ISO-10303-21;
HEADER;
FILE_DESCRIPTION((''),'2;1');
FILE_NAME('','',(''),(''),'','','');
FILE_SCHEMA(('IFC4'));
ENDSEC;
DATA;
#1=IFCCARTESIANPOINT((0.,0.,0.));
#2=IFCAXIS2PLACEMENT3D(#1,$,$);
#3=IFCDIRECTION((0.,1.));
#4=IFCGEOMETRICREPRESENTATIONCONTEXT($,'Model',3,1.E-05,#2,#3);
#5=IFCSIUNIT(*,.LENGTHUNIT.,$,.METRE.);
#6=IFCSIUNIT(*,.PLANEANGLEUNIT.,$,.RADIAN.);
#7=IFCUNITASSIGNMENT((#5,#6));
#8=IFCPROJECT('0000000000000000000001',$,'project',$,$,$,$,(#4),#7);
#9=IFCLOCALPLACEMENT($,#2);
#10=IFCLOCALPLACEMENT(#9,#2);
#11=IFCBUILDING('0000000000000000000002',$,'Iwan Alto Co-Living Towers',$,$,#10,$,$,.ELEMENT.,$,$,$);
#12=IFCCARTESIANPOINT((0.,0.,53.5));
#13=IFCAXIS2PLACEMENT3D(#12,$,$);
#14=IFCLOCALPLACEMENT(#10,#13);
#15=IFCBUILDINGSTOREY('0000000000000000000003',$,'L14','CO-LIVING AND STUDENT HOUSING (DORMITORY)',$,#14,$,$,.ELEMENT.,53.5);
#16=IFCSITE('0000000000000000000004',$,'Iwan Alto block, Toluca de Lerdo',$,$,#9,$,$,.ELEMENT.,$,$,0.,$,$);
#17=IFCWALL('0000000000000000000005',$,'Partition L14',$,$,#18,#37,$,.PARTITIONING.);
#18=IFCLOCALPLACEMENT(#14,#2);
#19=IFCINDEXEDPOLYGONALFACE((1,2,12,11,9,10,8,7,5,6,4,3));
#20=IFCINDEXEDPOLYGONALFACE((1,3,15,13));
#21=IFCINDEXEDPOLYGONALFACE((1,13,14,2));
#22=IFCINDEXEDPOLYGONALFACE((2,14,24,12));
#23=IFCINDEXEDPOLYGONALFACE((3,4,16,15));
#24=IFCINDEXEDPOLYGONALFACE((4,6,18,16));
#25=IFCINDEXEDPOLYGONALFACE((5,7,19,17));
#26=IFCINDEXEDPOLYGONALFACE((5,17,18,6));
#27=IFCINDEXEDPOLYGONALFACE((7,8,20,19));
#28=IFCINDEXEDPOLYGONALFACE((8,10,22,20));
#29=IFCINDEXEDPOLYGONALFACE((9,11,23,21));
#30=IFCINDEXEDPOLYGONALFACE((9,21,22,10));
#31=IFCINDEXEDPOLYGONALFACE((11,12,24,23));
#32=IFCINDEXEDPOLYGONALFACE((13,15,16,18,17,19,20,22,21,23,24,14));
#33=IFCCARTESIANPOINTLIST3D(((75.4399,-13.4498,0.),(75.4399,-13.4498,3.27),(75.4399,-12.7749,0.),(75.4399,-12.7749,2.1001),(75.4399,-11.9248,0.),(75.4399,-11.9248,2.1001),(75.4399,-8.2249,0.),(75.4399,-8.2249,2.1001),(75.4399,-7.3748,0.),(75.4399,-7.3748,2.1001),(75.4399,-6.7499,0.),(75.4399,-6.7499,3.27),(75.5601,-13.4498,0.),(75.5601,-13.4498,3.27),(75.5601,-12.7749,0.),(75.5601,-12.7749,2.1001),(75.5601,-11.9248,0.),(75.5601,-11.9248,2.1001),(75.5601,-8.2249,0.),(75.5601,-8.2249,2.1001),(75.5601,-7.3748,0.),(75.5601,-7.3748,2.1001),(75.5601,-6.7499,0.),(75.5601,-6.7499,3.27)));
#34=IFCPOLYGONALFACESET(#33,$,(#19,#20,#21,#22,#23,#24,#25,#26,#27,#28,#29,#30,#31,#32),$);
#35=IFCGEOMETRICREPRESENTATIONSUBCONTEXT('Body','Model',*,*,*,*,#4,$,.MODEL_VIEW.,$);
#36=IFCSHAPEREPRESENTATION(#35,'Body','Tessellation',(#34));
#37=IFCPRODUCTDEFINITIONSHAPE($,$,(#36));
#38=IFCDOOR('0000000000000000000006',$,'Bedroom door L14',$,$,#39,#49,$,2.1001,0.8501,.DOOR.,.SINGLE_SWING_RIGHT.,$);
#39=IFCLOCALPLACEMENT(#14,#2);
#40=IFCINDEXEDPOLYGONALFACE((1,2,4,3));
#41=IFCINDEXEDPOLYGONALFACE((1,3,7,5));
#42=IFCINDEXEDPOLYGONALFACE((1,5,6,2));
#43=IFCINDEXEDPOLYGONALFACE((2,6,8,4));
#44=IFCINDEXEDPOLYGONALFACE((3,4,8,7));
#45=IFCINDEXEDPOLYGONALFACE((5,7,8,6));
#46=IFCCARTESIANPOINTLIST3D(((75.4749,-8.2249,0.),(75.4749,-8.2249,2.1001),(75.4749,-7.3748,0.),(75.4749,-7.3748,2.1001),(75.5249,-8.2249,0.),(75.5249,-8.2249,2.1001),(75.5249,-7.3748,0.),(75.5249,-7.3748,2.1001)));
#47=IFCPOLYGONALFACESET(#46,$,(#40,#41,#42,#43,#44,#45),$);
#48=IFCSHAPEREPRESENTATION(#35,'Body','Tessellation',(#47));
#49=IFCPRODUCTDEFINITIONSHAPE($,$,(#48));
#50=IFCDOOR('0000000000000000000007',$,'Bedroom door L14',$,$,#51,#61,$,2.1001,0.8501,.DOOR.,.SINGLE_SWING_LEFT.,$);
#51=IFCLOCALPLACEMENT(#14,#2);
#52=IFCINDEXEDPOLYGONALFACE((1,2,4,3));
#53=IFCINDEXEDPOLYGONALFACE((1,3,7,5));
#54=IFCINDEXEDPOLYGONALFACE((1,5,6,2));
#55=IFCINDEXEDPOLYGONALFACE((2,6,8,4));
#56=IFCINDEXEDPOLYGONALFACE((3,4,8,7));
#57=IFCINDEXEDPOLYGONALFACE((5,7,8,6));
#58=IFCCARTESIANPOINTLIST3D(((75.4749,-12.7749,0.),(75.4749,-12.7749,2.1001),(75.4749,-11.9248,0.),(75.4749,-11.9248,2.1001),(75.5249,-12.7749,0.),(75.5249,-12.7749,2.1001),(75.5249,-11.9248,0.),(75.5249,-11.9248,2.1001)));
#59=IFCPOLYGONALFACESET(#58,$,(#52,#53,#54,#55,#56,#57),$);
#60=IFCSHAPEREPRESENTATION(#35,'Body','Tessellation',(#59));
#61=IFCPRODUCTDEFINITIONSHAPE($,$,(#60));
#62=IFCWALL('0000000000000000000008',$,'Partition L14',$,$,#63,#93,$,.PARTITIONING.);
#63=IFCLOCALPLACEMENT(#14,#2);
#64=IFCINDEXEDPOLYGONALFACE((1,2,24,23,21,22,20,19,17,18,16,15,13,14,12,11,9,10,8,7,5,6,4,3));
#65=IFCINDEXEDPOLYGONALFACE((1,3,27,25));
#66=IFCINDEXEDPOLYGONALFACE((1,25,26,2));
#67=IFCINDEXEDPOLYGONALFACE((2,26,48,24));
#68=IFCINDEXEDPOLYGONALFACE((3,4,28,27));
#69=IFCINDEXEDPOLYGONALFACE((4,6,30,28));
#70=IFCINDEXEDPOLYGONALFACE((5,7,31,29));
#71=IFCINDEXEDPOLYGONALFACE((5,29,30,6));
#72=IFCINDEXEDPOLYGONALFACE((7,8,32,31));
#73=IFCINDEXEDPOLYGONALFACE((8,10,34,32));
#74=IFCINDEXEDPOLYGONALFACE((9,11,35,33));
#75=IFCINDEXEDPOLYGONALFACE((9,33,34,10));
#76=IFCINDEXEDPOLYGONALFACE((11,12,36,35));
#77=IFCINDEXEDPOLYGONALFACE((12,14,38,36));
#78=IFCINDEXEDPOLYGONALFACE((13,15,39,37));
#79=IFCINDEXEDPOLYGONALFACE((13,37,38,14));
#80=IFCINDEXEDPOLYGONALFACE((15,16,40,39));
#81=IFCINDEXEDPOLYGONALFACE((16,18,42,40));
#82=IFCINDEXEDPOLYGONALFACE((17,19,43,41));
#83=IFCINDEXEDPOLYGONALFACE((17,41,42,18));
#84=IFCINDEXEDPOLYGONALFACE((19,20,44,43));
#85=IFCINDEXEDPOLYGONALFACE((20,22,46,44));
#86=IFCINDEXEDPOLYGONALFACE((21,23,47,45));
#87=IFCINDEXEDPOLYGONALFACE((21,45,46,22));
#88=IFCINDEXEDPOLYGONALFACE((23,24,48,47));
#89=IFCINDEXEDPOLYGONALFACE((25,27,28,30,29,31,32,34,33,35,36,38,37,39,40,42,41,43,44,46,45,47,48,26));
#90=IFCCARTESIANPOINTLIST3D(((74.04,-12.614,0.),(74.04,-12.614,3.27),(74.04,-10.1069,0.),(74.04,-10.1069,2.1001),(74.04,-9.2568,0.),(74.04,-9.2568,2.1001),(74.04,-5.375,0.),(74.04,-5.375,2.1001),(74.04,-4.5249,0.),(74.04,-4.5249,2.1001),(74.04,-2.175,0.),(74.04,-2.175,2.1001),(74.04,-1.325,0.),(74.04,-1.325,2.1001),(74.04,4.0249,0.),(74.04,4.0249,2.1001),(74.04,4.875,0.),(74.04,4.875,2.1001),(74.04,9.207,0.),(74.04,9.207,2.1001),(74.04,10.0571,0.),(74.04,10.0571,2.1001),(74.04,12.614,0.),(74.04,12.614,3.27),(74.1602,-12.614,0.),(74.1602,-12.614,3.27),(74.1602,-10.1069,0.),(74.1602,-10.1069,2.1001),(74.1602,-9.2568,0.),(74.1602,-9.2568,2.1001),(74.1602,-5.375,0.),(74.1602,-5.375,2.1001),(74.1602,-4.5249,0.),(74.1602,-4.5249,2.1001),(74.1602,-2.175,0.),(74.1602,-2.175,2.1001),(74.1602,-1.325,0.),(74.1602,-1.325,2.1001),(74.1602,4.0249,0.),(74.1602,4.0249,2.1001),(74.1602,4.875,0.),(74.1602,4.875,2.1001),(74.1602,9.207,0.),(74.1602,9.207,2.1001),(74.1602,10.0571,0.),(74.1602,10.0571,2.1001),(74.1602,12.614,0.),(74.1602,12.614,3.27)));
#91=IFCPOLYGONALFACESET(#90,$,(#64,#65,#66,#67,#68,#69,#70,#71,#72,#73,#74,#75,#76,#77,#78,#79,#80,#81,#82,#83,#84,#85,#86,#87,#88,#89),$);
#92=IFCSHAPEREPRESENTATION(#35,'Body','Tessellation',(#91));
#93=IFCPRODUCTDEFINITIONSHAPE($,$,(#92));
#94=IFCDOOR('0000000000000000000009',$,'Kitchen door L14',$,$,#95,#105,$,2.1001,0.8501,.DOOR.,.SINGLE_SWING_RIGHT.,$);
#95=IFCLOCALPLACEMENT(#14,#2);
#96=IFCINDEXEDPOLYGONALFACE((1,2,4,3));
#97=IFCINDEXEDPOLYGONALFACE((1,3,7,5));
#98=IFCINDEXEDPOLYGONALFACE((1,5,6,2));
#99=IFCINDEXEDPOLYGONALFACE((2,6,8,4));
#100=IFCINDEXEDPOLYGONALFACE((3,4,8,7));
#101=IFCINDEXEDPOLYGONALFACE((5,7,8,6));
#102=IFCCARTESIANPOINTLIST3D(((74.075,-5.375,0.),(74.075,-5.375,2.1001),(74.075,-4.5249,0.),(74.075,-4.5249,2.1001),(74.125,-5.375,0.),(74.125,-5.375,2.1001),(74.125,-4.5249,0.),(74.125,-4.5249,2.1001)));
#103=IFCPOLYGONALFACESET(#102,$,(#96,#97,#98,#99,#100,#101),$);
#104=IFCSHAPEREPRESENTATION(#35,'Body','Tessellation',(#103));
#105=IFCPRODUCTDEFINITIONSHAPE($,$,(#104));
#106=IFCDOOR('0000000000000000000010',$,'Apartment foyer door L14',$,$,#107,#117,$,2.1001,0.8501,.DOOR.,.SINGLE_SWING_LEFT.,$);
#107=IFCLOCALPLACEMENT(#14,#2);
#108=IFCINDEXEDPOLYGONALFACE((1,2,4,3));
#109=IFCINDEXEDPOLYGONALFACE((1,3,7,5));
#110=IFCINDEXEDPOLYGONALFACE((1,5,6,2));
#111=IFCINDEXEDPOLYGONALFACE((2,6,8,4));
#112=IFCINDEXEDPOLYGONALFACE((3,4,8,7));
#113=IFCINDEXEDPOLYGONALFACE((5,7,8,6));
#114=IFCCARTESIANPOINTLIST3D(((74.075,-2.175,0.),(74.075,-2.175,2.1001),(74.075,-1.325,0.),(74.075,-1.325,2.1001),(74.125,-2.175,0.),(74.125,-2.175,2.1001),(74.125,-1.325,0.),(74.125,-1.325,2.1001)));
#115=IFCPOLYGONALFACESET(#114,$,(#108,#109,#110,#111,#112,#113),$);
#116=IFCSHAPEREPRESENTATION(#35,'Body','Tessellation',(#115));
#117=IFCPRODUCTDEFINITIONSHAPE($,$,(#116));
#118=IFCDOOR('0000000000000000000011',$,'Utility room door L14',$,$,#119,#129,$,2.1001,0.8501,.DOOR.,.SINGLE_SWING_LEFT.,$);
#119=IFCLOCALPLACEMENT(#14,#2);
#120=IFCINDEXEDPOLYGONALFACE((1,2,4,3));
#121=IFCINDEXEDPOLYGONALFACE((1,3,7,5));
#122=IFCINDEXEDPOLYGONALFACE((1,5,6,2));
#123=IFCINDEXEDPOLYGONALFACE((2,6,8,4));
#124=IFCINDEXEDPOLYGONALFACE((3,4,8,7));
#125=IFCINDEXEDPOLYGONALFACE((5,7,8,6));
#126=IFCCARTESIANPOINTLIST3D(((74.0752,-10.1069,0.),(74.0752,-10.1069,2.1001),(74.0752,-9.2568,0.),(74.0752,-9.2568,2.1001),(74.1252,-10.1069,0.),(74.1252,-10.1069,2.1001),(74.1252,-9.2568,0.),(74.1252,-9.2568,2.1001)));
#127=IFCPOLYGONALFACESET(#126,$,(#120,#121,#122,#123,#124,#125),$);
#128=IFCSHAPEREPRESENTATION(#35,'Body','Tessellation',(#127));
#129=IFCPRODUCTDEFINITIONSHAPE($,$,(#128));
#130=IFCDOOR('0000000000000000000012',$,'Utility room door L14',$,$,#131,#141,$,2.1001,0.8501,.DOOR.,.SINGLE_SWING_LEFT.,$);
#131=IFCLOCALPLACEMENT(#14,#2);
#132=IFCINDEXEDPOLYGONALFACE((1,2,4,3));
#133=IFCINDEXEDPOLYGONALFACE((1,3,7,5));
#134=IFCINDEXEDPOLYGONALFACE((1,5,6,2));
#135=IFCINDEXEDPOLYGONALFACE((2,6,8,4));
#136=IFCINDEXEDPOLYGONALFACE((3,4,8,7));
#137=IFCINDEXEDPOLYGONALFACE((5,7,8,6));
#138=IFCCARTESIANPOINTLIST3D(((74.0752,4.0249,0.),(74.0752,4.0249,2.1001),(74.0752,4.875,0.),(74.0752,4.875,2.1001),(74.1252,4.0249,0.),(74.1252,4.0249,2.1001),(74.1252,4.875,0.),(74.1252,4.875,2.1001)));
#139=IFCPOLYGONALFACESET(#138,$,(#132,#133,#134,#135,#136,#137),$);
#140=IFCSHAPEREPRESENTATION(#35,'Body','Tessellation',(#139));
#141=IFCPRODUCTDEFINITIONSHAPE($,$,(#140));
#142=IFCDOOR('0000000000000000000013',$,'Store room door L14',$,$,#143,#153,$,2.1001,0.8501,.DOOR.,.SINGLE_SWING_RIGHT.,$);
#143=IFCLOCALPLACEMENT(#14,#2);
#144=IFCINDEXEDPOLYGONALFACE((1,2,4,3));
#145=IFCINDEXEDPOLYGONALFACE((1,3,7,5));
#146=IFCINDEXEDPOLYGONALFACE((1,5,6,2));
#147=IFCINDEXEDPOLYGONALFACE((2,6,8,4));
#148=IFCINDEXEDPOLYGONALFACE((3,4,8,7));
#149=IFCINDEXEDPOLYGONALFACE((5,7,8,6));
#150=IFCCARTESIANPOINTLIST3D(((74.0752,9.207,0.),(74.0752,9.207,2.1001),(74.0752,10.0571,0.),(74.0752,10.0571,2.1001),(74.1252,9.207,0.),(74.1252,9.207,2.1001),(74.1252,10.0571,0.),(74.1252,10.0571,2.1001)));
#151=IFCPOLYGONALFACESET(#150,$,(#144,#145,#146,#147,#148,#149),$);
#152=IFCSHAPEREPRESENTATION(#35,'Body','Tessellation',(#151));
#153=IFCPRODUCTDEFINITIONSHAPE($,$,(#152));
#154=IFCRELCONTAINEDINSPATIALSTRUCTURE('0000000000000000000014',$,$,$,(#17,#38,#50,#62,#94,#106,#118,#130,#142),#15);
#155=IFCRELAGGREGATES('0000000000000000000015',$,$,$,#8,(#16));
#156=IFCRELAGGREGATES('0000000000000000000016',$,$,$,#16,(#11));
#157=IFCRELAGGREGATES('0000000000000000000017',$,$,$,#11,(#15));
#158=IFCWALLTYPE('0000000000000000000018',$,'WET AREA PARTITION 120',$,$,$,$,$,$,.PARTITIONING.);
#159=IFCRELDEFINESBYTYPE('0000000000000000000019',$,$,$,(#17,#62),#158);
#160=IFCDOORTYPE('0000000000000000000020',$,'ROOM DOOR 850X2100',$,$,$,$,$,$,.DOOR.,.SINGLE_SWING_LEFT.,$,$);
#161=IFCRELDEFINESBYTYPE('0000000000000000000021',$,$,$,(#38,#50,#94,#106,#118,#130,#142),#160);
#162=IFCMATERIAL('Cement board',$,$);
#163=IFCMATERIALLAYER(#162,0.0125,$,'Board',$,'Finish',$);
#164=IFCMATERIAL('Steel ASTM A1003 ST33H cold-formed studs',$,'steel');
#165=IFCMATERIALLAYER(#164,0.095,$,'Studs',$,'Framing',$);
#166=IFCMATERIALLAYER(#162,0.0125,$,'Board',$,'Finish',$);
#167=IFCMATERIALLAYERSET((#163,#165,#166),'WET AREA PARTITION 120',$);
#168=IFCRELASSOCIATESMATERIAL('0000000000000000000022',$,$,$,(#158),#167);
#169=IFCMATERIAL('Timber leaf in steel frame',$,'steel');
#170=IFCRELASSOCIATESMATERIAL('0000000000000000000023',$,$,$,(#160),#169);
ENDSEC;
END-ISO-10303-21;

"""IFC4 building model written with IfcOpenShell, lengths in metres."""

from ifc_helpers import new_model, si_unit, direction, frame, frame_2d, origin, place, context, subcontext, project, spatial, rectangle, extrude, material, layer, layer_set, type_object, element, fill, save


model = new_model("IFC4")

# Units and contexts
model_context = context("Model", 3, precision=1e-05, world=origin(), true_north=direction((0.0, 1.0)))
body_context = subcontext(model_context, "Body", "Model", "MODEL_VIEW")
ifc_project = project(units=[si_unit("LENGTHUNIT", "METRE"), si_unit("PLANEANGLEUNIT", "RADIAN")], contexts=[model_context])

# Site, building, storey
site_placement = place(None, origin())
site = spatial("IfcSite", under=ifc_project, at=site_placement, Name="Iwan Alto block, Toluca de Lerdo", CompositionType="ELEMENT", RefElevation=0.0)
building_placement = place(site_placement, origin())
building = spatial("IfcBuilding", under=site, at=building_placement, Name="Iwan Alto Co-Living Towers", CompositionType="ELEMENT")
storey_placement = place(building_placement, frame((0.0, 0.0, 53.5)))
storey = spatial("IfcBuildingStorey", under=building, at=storey_placement, Name="L14", Description="CO-LIVING AND STUDENT HOUSING (DORMITORY)", CompositionType="ELEMENT", Elevation=53.5)

# Shared definitions
ifc_material_1 = material(Name="Steel ASTM A1003 ST33H cold-formed studs", Category="steel")
ifc_material_2 = material(Name="Cement board")
ifc_layer_1 = layer(ifc_material_2, 0.0125, Name="Board", Category="Finish")
ifc_layer_2 = layer(ifc_material_1, 0.095, Name="Studs", Category="Framing")
ifc_layer_3 = layer(ifc_material_2, 0.0125, Name="Board", Category="Finish")
ifc_layer_set_1 = layer_set([ifc_layer_1, ifc_layer_2, ifc_layer_3], Name="WET AREA PARTITION 120")
wall_type_1 = type_object("IfcWallType", Name="WET AREA PARTITION 120", PredefinedType="PARTITIONING", material=ifc_layer_set_1)

# Shared definitions
ifc_material_3 = material(Name="Timber leaf in steel frame", Category="steel")
door_type = type_object("IfcDoorType", Name="ROOM DOOR 850X2100", OperationType="SINGLE_SWING_LEFT", PredefinedType="DOOR", material=ifc_material_3)

# Walls, openings, doors
wall_1_placement = place(storey_placement, frame((75.5, -13.45, 0.0), z_axis=(0.0, 0.0, 1.0), x_axis=(0.0, 1.0, 0.0)))
wall_1 = element("IfcWall", 1, at=wall_1_placement, inside=storey, type_object=wall_type_1, Name="Partition L14", PredefinedType="PARTITIONING", context=body_context, shape_type="SweptSolid", body=[
    extrude(rectangle(XDim=6.7, YDim=0.1201, at=frame_2d((3.3501, 0.0))), origin(), (0.0, 0.0, 1.0), 3.27),
])
opening_1_placement = place(wall_1_placement, frame((5.2251, 0.0, 0.0)))
opening_1 = element("IfcOpeningElement", 2, at=opening_1_placement, cuts=wall_1, PredefinedType="OPENING", context=body_context, shape_type="SweptSolid", body=[
    extrude(rectangle(XDim=0.8501, YDim=2.1001, at=frame_2d((0.425, 1.05))), frame((0.0, 0.0701, 0.0), z_axis=(0.0, -1.0, 0.0), x_axis=(1.0, 0.0, 0.0)), (0.0, 0.0, 1.0), 0.1401),
])
opening_2_placement = place(wall_1_placement, frame((0.675, 0.0, 0.0)))
opening_2 = element("IfcOpeningElement", 3, at=opening_2_placement, cuts=wall_1, PredefinedType="OPENING", context=body_context, shape_type="SweptSolid", body=[
    extrude(rectangle(XDim=0.8501, YDim=2.1001, at=frame_2d((0.425, 1.05))), frame((0.0, 0.0701, 0.0), z_axis=(0.0, -1.0, 0.0), x_axis=(1.0, 0.0, 0.0)), (0.0, 0.0, 1.0), 0.1401),
])
door_1_placement = place(opening_1_placement, frame((0.8501, 0.0, 0.0), z_axis=(0.0, 0.0, 1.0), x_axis=(-1.0, 0.0, 0.0)))
door_1 = element("IfcDoor", 4, at=door_1_placement, inside=storey, type_object=door_type, Name="Bedroom door L14", OperationType="SINGLE_SWING_RIGHT", OverallHeight=2.1001, OverallWidth=0.8501, PredefinedType="DOOR", context=body_context, shape_type="SweptSolid", body=[
    extrude(rectangle(XDim=0.8501, YDim=2.1001, at=frame_2d((0.425, 1.05))), frame((0.0, 0.0249, 0.0), z_axis=(0.0, -1.0, 0.0), x_axis=(1.0, 0.0, 0.0)), (0.0, 0.0, 1.0), 0.05),
])
fill(opening_1, door_1)
door_2_placement = place(opening_2_placement, frame((0.8501, 0.0, 0.0), z_axis=(0.0, 0.0, 1.0), x_axis=(-1.0, 0.0, 0.0)))
door_2 = element("IfcDoor", 5, at=door_2_placement, inside=storey, type_object=door_type, Name="Bedroom door L14", OperationType="SINGLE_SWING_LEFT", OverallHeight=2.1001, OverallWidth=0.8501, PredefinedType="DOOR", context=body_context, shape_type="SweptSolid", body=[
    extrude(rectangle(XDim=0.8501, YDim=2.1001, at=frame_2d((0.425, 1.05))), frame((0.0, 0.0249, 0.0), z_axis=(0.0, -1.0, 0.0), x_axis=(1.0, 0.0, 0.0)), (0.0, 0.0, 1.0), 0.05),
])
fill(opening_2, door_2)
wall_2_placement = place(storey_placement, frame((74.1001, -12.614, 0.0), z_axis=(0.0, 0.0, 1.0), x_axis=(0.0, 1.0, 0.0)))
wall_2 = element("IfcWall", 6, at=wall_2_placement, inside=storey, type_object=wall_type_1, Name="Partition L14", PredefinedType="PARTITIONING", context=body_context, shape_type="SweptSolid", body=[
    extrude(rectangle(XDim=25.228, YDim=0.1201, at=frame_2d((12.614, 0.0))), origin(), (0.0, 0.0, 1.0), 3.27),
])
opening_3_placement = place(wall_2_placement, frame((7.239, 0.0, 0.0)))
opening_3 = element("IfcOpeningElement", 7, at=opening_3_placement, cuts=wall_2, PredefinedType="OPENING", context=body_context, shape_type="SweptSolid", body=[
    extrude(rectangle(XDim=0.8501, YDim=2.1001, at=frame_2d((0.425, 1.05))), frame((0.0, 0.0701, 0.0), z_axis=(0.0, -1.0, 0.0), x_axis=(1.0, 0.0, 0.0)), (0.0, 0.0, 1.0), 0.1401),
])
opening_4_placement = place(wall_2_placement, frame((10.439, 0.0, 0.0)))
opening_4 = element("IfcOpeningElement", 8, at=opening_4_placement, cuts=wall_2, PredefinedType="OPENING", context=body_context, shape_type="SweptSolid", body=[
    extrude(rectangle(XDim=0.8501, YDim=2.1001, at=frame_2d((0.425, 1.05))), frame((0.0, 0.0701, 0.0), z_axis=(0.0, -1.0, 0.0), x_axis=(1.0, 0.0, 0.0)), (0.0, 0.0, 1.0), 0.1401),
])
opening_5_placement = place(wall_2_placement, frame((2.5071, 0.0, 0.0)))
opening_5 = element("IfcOpeningElement", 9, at=opening_5_placement, cuts=wall_2, PredefinedType="OPENING", context=body_context, shape_type="SweptSolid", body=[
    extrude(rectangle(XDim=0.8501, YDim=2.1001, at=frame_2d((0.425, 1.05))), frame((0.0, 0.0701, 0.0), z_axis=(0.0, -1.0, 0.0), x_axis=(1.0, 0.0, 0.0)), (0.0, 0.0, 1.0), 0.1401),
])
opening_6_placement = place(wall_2_placement, frame((16.6389, 0.0, 0.0)))
opening_6 = element("IfcOpeningElement", 10, at=opening_6_placement, cuts=wall_2, PredefinedType="OPENING", context=body_context, shape_type="SweptSolid", body=[
    extrude(rectangle(XDim=0.8501, YDim=2.1001, at=frame_2d((0.425, 1.05))), frame((0.0, 0.0701, 0.0), z_axis=(0.0, -1.0, 0.0), x_axis=(1.0, 0.0, 0.0)), (0.0, 0.0, 1.0), 0.1401),
])
opening_7_placement = place(wall_2_placement, frame((21.821, 0.0, 0.0)))
opening_7 = element("IfcOpeningElement", 11, at=opening_7_placement, cuts=wall_2, PredefinedType="OPENING", context=body_context, shape_type="SweptSolid", body=[
    extrude(rectangle(XDim=0.8501, YDim=2.1001, at=frame_2d((0.425, 1.05))), frame((0.0, 0.0701, 0.0), z_axis=(0.0, -1.0, 0.0), x_axis=(1.0, 0.0, 0.0)), (0.0, 0.0, 1.0), 0.1401),
])
door_3_placement = place(opening_3_placement, frame((0.8501, 0.0, 0.0), z_axis=(0.0, 0.0, 1.0), x_axis=(-1.0, 0.0, 0.0)))
door_3 = element("IfcDoor", 12, at=door_3_placement, inside=storey, type_object=door_type, Name="Kitchen door L14", OperationType="SINGLE_SWING_RIGHT", OverallHeight=2.1001, OverallWidth=0.8501, PredefinedType="DOOR", context=body_context, shape_type="SweptSolid", body=[
    extrude(rectangle(XDim=0.8501, YDim=2.1001, at=frame_2d((0.425, 1.05))), frame((0.0, 0.0249, 0.0), z_axis=(0.0, -1.0, 0.0), x_axis=(1.0, 0.0, 0.0)), (0.0, 0.0, 1.0), 0.05),
])
fill(opening_3, door_3)
door_4_placement = place(opening_4_placement, frame((0.8501, 0.0, 0.0), z_axis=(0.0, 0.0, 1.0), x_axis=(-1.0, 0.0, 0.0)))
door_4 = element("IfcDoor", 13, at=door_4_placement, inside=storey, type_object=door_type, Name="Apartment foyer door L14", OperationType="SINGLE_SWING_LEFT", OverallHeight=2.1001, OverallWidth=0.8501, PredefinedType="DOOR", context=body_context, shape_type="SweptSolid", body=[
    extrude(rectangle(XDim=0.8501, YDim=2.1001, at=frame_2d((0.425, 1.05))), frame((0.0, 0.0249, 0.0), z_axis=(0.0, -1.0, 0.0), x_axis=(1.0, 0.0, 0.0)), (0.0, 0.0, 1.0), 0.05),
])
fill(opening_4, door_4)
door_5_placement = place(opening_5_placement, origin())
door_5 = element("IfcDoor", 14, at=door_5_placement, inside=storey, type_object=door_type, Name="Utility room door L14", OperationType="SINGLE_SWING_LEFT", OverallHeight=2.1001, OverallWidth=0.8501, PredefinedType="DOOR", context=body_context, shape_type="SweptSolid", body=[
    extrude(rectangle(XDim=0.8501, YDim=2.1001, at=frame_2d((0.425, 1.05))), frame((0.0, 0.0249, 0.0), z_axis=(0.0, -1.0, 0.0), x_axis=(1.0, 0.0, 0.0)), (0.0, 0.0, 1.0), 0.05),
])
fill(opening_5, door_5)
door_6_placement = place(opening_6_placement, origin())
door_6 = element("IfcDoor", 15, at=door_6_placement, inside=storey, type_object=door_type, Name="Utility room door L14", OperationType="SINGLE_SWING_LEFT", OverallHeight=2.1001, OverallWidth=0.8501, PredefinedType="DOOR", context=body_context, shape_type="SweptSolid", body=[
    extrude(rectangle(XDim=0.8501, YDim=2.1001, at=frame_2d((0.425, 1.05))), frame((0.0, 0.0249, 0.0), z_axis=(0.0, -1.0, 0.0), x_axis=(1.0, 0.0, 0.0)), (0.0, 0.0, 1.0), 0.05),
])
fill(opening_6, door_6)
door_7_placement = place(opening_7_placement, origin())
door_7 = element("IfcDoor", 16, at=door_7_placement, inside=storey, type_object=door_type, Name="Store room door L14", OperationType="SINGLE_SWING_RIGHT", OverallHeight=2.1001, OverallWidth=0.8501, PredefinedType="DOOR", context=body_context, shape_type="SweptSolid", body=[
    extrude(rectangle(XDim=0.8501, YDim=2.1001, at=frame_2d((0.425, 1.05))), frame((0.0, 0.0249, 0.0), z_axis=(0.0, -1.0, 0.0), x_axis=(1.0, 0.0, 0.0)), (0.0, 0.0, 1.0), 0.05),
])
fill(opening_7, door_7)

save(model, "model.ifc")
